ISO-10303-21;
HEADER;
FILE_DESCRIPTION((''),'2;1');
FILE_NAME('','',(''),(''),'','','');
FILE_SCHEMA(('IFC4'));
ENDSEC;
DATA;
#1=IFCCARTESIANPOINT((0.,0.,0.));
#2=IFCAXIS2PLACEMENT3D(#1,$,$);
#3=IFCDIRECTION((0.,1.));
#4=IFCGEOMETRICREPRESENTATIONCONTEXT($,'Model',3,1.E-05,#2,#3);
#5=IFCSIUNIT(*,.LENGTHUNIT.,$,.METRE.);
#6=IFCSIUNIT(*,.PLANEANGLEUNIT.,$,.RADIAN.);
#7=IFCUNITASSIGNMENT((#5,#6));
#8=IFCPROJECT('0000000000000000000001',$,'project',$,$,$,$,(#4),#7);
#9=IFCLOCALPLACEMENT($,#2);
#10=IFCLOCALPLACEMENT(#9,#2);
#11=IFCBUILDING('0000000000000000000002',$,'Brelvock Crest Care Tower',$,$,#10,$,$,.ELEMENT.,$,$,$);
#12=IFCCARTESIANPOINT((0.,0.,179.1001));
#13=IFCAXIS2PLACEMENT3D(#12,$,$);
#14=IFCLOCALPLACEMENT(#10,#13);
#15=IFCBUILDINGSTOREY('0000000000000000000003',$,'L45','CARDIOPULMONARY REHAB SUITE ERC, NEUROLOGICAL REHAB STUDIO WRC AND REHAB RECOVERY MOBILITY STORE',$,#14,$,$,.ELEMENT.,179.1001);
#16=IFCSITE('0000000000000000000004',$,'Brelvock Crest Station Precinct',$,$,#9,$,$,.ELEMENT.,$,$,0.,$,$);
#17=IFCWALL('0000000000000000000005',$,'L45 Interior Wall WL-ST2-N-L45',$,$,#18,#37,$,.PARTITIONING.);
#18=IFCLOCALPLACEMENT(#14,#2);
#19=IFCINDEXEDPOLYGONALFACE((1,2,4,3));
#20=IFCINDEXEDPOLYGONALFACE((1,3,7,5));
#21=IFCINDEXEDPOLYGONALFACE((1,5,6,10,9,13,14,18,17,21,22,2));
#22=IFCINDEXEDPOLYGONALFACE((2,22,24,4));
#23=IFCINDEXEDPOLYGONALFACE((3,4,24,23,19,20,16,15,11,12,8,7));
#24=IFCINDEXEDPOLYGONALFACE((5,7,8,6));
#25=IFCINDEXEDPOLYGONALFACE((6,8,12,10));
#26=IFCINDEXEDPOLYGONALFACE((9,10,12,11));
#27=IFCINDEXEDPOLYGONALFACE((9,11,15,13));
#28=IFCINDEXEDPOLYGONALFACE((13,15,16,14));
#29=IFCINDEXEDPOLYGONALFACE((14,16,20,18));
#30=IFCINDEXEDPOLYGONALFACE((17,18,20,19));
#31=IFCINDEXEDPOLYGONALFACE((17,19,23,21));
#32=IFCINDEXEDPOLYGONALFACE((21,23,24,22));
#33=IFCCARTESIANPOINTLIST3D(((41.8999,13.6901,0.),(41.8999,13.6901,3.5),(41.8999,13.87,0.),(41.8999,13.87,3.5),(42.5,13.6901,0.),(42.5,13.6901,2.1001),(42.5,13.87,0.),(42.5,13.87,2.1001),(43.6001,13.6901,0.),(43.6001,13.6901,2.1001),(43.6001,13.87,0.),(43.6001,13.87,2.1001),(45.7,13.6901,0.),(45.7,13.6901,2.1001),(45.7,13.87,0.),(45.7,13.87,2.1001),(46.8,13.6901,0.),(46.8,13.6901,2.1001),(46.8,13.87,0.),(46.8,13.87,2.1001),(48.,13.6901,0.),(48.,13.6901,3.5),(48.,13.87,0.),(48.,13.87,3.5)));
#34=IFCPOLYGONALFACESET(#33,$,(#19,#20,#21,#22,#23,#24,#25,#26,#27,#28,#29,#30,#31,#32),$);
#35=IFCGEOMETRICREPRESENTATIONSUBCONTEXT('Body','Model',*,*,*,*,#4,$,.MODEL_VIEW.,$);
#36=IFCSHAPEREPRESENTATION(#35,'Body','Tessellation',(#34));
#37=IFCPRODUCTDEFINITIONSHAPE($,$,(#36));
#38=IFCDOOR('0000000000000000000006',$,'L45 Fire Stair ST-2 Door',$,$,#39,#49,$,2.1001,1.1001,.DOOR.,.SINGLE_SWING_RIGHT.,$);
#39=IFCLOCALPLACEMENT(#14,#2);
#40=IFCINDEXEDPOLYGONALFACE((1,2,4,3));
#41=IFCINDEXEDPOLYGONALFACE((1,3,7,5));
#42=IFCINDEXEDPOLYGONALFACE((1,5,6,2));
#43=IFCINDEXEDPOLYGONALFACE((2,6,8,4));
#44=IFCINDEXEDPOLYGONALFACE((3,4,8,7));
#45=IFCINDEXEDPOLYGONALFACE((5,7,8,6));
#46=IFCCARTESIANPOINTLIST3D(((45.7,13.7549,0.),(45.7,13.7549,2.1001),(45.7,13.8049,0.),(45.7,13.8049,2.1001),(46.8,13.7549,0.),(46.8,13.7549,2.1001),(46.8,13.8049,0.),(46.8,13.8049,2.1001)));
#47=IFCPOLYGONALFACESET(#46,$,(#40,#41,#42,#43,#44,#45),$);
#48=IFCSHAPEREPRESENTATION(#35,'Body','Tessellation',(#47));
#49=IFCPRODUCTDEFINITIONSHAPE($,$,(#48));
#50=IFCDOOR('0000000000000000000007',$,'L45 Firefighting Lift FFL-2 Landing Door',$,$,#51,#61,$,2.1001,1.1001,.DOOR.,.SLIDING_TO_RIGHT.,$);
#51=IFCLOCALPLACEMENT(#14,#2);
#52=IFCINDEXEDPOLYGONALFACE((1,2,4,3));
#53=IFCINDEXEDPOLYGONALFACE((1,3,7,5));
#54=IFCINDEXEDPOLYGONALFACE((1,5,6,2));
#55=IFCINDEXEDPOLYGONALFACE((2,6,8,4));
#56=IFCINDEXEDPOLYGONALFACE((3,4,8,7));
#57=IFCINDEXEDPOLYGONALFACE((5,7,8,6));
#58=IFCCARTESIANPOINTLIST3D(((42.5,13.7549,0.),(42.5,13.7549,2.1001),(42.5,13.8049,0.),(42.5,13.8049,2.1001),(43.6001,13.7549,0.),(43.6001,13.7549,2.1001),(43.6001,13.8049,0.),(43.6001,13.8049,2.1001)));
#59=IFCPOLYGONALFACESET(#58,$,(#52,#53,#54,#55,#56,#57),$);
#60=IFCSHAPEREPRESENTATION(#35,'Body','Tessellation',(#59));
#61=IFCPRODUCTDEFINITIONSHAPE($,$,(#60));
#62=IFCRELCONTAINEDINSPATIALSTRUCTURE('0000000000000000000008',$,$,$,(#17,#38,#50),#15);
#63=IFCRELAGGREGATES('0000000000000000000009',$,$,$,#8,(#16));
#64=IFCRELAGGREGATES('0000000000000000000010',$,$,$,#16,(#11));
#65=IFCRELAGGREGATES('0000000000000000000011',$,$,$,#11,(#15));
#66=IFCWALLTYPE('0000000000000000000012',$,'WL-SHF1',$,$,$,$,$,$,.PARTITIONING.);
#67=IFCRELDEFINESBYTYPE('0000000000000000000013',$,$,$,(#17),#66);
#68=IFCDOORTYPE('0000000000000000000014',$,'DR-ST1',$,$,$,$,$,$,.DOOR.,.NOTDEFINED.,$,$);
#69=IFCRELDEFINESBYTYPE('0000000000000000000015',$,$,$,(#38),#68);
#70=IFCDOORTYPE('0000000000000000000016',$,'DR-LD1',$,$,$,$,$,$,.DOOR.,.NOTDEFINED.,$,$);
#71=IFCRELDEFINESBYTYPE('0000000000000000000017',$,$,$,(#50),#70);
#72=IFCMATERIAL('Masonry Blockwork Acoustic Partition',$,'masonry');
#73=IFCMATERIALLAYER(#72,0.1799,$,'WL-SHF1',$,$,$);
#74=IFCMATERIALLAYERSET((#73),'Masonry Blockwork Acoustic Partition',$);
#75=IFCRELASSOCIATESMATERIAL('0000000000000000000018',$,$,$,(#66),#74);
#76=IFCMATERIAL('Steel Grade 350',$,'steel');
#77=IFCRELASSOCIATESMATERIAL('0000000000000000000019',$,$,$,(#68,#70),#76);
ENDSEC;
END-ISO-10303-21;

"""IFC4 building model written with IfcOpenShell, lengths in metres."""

from ifc_helpers import new_model, si_unit, direction, frame, frame_2d, origin, origin_2d, place, context, subcontext, project, spatial, rectangle, extrude, source, transform, mapped, material, layer, layer_set, type_object, element, fill, save


model = new_model("IFC4")

# Units and contexts
model_context = context("Model", 3, precision=1e-05, world=origin(), true_north=direction((0.0, 1.0)))
body_context = subcontext(model_context, "Body", "Model", "MODEL_VIEW")
ifc_project = project(units=[si_unit("LENGTHUNIT", "METRE"), si_unit("PLANEANGLEUNIT", "RADIAN")], contexts=[model_context])

# Site, building, storey
site_placement = place(None, origin())
site = spatial("IfcSite", under=ifc_project, at=site_placement, Name="Brelvock Crest Station Precinct", CompositionType="ELEMENT", RefElevation=0.0)
building_placement = place(site_placement, origin())
building = spatial("IfcBuilding", under=site, at=building_placement, Name="Brelvock Crest Care Tower", CompositionType="ELEMENT")
storey_placement = place(building_placement, frame((0.0, 0.0, 179.1001)))
storey = spatial("IfcBuildingStorey", under=building, at=storey_placement, Name="L45", Description="CARDIOPULMONARY REHAB SUITE ERC, NEUROLOGICAL REHAB STUDIO WRC AND REHAB RECOVERY MOBILITY STORE", CompositionType="ELEMENT", Elevation=179.1001)

# Shared definitions
ifc_material_1 = material(Name="Steel Grade 350", Category="steel")

# Shared definitions
ifc_material_2 = material(Name="Masonry Blockwork Acoustic Partition", Category="masonry")

# Wall, openings, doors
ifc_layer_1 = layer(ifc_material_2, 0.1799, Name="WL-SHF1")
ifc_layer_set_1 = layer_set([ifc_layer_1], Name="Masonry Blockwork Acoustic Partition")
wall_type_1 = type_object("IfcWallType", Name="WL-SHF1", PredefinedType="PARTITIONING", material=ifc_layer_set_1)
wall_1_placement = place(storey_placement, frame((41.8999, 13.78, 0.0), z_axis=(0.0, 0.0, 1.0), x_axis=(1.0, 0.0, 0.0)))
wall_1 = element("IfcWall", 1, at=wall_1_placement, inside=storey, type_object=wall_type_1, Name="L45 Interior Wall WL-ST2-N-L45", PredefinedType="PARTITIONING", context=body_context, shape_type="SweptSolid", body=[
    extrude(rectangle(XDim=6.1001, YDim=0.1799, at=frame_2d((3.05, 0.0))), origin(), (0.0, 0.0, 1.0), 3.5),
])
opening_1_placement = place(wall_1_placement, frame((0.6001, 0.0, 0.0)))
opening_1 = element("IfcOpeningElement", 2, at=opening_1_placement, cuts=wall_1, PredefinedType="OPENING", context=body_context, shape_type="SweptSolid", body=[
    extrude(rectangle(XDim=1.1001, YDim=2.1001, at=origin_2d()), frame((0.55, 0.1001, 1.05), z_axis=(0.0, -1.0, 0.0), x_axis=(1.0, 0.0, 0.0)), (0.0, 0.0, 1.0), 0.2),
])
opening_2_placement = place(wall_1_placement, frame((3.8, 0.0, 0.0)))
opening_2 = element("IfcOpeningElement", 3, at=opening_2_placement, cuts=wall_1, PredefinedType="OPENING", context=body_context, shape_type="SweptSolid", body=[
    extrude(rectangle(XDim=1.1001, YDim=2.1001, at=origin_2d()), frame((0.55, 0.1001, 1.05), z_axis=(0.0, -1.0, 0.0), x_axis=(1.0, 0.0, 0.0)), (0.0, 0.0, 1.0), 0.2),
])
door_type_1 = type_object("IfcDoorType", Name="DR-ST1", OperationType="NOTDEFINED", PredefinedType="DOOR", material=ifc_material_1)
shared_shape_1 = source(origin(), body_context, "Body", "SweptSolid", [
    extrude(rectangle(XDim=1.1001, YDim=2.1001, at=origin_2d()), frame((0.55, 0.0249, 1.05), z_axis=(0.0, -1.0, 0.0), x_axis=(1.0, 0.0, 0.0)), (0.0, 0.0, 1.0), 0.05),
])
door_1_placement = place(opening_2_placement, origin())
door_1 = element("IfcDoor", 4, at=door_1_placement, inside=storey, type_object=door_type_1, Name="L45 Fire Stair ST-2 Door", OperationType="SINGLE_SWING_RIGHT", OverallHeight=2.1001, OverallWidth=1.1001, PredefinedType="DOOR", context=body_context, shape_type="MappedRepresentation", body=[
    mapped(shared_shape_1, transform((0.0, 0.0, 0.0), x_axis=(1.0, 0.0, 0.0), y_axis=(0.0, 1.0, 0.0), z_axis=(0.0, 0.0, 1.0), scale=1.0)),
])
fill(opening_2, door_1)
door_type_2 = type_object("IfcDoorType", Name="DR-LD1", OperationType="NOTDEFINED", PredefinedType="DOOR", material=ifc_material_1)
shared_shape_2 = source(origin(), body_context, "Body", "SweptSolid", [
    extrude(rectangle(XDim=1.1001, YDim=2.1001, at=origin_2d()), frame((0.55, 0.0249, 1.05), z_axis=(0.0, -1.0, 0.0), x_axis=(1.0, 0.0, 0.0)), (0.0, 0.0, 1.0), 0.05),
])
door_2_placement = place(opening_1_placement, origin())
door_2 = element("IfcDoor", 5, at=door_2_placement, inside=storey, type_object=door_type_2, Name="L45 Firefighting Lift FFL-2 Landing Door", OperationType="SLIDING_TO_RIGHT", OverallHeight=2.1001, OverallWidth=1.1001, PredefinedType="DOOR", context=body_context, shape_type="MappedRepresentation", body=[
    mapped(shared_shape_2, transform((0.0, 0.0, 0.0), x_axis=(1.0, 0.0, 0.0), y_axis=(0.0, 1.0, 0.0), z_axis=(0.0, 0.0, 1.0), scale=1.0)),
])
fill(opening_1, door_2)

save(model, "model.ifc")
